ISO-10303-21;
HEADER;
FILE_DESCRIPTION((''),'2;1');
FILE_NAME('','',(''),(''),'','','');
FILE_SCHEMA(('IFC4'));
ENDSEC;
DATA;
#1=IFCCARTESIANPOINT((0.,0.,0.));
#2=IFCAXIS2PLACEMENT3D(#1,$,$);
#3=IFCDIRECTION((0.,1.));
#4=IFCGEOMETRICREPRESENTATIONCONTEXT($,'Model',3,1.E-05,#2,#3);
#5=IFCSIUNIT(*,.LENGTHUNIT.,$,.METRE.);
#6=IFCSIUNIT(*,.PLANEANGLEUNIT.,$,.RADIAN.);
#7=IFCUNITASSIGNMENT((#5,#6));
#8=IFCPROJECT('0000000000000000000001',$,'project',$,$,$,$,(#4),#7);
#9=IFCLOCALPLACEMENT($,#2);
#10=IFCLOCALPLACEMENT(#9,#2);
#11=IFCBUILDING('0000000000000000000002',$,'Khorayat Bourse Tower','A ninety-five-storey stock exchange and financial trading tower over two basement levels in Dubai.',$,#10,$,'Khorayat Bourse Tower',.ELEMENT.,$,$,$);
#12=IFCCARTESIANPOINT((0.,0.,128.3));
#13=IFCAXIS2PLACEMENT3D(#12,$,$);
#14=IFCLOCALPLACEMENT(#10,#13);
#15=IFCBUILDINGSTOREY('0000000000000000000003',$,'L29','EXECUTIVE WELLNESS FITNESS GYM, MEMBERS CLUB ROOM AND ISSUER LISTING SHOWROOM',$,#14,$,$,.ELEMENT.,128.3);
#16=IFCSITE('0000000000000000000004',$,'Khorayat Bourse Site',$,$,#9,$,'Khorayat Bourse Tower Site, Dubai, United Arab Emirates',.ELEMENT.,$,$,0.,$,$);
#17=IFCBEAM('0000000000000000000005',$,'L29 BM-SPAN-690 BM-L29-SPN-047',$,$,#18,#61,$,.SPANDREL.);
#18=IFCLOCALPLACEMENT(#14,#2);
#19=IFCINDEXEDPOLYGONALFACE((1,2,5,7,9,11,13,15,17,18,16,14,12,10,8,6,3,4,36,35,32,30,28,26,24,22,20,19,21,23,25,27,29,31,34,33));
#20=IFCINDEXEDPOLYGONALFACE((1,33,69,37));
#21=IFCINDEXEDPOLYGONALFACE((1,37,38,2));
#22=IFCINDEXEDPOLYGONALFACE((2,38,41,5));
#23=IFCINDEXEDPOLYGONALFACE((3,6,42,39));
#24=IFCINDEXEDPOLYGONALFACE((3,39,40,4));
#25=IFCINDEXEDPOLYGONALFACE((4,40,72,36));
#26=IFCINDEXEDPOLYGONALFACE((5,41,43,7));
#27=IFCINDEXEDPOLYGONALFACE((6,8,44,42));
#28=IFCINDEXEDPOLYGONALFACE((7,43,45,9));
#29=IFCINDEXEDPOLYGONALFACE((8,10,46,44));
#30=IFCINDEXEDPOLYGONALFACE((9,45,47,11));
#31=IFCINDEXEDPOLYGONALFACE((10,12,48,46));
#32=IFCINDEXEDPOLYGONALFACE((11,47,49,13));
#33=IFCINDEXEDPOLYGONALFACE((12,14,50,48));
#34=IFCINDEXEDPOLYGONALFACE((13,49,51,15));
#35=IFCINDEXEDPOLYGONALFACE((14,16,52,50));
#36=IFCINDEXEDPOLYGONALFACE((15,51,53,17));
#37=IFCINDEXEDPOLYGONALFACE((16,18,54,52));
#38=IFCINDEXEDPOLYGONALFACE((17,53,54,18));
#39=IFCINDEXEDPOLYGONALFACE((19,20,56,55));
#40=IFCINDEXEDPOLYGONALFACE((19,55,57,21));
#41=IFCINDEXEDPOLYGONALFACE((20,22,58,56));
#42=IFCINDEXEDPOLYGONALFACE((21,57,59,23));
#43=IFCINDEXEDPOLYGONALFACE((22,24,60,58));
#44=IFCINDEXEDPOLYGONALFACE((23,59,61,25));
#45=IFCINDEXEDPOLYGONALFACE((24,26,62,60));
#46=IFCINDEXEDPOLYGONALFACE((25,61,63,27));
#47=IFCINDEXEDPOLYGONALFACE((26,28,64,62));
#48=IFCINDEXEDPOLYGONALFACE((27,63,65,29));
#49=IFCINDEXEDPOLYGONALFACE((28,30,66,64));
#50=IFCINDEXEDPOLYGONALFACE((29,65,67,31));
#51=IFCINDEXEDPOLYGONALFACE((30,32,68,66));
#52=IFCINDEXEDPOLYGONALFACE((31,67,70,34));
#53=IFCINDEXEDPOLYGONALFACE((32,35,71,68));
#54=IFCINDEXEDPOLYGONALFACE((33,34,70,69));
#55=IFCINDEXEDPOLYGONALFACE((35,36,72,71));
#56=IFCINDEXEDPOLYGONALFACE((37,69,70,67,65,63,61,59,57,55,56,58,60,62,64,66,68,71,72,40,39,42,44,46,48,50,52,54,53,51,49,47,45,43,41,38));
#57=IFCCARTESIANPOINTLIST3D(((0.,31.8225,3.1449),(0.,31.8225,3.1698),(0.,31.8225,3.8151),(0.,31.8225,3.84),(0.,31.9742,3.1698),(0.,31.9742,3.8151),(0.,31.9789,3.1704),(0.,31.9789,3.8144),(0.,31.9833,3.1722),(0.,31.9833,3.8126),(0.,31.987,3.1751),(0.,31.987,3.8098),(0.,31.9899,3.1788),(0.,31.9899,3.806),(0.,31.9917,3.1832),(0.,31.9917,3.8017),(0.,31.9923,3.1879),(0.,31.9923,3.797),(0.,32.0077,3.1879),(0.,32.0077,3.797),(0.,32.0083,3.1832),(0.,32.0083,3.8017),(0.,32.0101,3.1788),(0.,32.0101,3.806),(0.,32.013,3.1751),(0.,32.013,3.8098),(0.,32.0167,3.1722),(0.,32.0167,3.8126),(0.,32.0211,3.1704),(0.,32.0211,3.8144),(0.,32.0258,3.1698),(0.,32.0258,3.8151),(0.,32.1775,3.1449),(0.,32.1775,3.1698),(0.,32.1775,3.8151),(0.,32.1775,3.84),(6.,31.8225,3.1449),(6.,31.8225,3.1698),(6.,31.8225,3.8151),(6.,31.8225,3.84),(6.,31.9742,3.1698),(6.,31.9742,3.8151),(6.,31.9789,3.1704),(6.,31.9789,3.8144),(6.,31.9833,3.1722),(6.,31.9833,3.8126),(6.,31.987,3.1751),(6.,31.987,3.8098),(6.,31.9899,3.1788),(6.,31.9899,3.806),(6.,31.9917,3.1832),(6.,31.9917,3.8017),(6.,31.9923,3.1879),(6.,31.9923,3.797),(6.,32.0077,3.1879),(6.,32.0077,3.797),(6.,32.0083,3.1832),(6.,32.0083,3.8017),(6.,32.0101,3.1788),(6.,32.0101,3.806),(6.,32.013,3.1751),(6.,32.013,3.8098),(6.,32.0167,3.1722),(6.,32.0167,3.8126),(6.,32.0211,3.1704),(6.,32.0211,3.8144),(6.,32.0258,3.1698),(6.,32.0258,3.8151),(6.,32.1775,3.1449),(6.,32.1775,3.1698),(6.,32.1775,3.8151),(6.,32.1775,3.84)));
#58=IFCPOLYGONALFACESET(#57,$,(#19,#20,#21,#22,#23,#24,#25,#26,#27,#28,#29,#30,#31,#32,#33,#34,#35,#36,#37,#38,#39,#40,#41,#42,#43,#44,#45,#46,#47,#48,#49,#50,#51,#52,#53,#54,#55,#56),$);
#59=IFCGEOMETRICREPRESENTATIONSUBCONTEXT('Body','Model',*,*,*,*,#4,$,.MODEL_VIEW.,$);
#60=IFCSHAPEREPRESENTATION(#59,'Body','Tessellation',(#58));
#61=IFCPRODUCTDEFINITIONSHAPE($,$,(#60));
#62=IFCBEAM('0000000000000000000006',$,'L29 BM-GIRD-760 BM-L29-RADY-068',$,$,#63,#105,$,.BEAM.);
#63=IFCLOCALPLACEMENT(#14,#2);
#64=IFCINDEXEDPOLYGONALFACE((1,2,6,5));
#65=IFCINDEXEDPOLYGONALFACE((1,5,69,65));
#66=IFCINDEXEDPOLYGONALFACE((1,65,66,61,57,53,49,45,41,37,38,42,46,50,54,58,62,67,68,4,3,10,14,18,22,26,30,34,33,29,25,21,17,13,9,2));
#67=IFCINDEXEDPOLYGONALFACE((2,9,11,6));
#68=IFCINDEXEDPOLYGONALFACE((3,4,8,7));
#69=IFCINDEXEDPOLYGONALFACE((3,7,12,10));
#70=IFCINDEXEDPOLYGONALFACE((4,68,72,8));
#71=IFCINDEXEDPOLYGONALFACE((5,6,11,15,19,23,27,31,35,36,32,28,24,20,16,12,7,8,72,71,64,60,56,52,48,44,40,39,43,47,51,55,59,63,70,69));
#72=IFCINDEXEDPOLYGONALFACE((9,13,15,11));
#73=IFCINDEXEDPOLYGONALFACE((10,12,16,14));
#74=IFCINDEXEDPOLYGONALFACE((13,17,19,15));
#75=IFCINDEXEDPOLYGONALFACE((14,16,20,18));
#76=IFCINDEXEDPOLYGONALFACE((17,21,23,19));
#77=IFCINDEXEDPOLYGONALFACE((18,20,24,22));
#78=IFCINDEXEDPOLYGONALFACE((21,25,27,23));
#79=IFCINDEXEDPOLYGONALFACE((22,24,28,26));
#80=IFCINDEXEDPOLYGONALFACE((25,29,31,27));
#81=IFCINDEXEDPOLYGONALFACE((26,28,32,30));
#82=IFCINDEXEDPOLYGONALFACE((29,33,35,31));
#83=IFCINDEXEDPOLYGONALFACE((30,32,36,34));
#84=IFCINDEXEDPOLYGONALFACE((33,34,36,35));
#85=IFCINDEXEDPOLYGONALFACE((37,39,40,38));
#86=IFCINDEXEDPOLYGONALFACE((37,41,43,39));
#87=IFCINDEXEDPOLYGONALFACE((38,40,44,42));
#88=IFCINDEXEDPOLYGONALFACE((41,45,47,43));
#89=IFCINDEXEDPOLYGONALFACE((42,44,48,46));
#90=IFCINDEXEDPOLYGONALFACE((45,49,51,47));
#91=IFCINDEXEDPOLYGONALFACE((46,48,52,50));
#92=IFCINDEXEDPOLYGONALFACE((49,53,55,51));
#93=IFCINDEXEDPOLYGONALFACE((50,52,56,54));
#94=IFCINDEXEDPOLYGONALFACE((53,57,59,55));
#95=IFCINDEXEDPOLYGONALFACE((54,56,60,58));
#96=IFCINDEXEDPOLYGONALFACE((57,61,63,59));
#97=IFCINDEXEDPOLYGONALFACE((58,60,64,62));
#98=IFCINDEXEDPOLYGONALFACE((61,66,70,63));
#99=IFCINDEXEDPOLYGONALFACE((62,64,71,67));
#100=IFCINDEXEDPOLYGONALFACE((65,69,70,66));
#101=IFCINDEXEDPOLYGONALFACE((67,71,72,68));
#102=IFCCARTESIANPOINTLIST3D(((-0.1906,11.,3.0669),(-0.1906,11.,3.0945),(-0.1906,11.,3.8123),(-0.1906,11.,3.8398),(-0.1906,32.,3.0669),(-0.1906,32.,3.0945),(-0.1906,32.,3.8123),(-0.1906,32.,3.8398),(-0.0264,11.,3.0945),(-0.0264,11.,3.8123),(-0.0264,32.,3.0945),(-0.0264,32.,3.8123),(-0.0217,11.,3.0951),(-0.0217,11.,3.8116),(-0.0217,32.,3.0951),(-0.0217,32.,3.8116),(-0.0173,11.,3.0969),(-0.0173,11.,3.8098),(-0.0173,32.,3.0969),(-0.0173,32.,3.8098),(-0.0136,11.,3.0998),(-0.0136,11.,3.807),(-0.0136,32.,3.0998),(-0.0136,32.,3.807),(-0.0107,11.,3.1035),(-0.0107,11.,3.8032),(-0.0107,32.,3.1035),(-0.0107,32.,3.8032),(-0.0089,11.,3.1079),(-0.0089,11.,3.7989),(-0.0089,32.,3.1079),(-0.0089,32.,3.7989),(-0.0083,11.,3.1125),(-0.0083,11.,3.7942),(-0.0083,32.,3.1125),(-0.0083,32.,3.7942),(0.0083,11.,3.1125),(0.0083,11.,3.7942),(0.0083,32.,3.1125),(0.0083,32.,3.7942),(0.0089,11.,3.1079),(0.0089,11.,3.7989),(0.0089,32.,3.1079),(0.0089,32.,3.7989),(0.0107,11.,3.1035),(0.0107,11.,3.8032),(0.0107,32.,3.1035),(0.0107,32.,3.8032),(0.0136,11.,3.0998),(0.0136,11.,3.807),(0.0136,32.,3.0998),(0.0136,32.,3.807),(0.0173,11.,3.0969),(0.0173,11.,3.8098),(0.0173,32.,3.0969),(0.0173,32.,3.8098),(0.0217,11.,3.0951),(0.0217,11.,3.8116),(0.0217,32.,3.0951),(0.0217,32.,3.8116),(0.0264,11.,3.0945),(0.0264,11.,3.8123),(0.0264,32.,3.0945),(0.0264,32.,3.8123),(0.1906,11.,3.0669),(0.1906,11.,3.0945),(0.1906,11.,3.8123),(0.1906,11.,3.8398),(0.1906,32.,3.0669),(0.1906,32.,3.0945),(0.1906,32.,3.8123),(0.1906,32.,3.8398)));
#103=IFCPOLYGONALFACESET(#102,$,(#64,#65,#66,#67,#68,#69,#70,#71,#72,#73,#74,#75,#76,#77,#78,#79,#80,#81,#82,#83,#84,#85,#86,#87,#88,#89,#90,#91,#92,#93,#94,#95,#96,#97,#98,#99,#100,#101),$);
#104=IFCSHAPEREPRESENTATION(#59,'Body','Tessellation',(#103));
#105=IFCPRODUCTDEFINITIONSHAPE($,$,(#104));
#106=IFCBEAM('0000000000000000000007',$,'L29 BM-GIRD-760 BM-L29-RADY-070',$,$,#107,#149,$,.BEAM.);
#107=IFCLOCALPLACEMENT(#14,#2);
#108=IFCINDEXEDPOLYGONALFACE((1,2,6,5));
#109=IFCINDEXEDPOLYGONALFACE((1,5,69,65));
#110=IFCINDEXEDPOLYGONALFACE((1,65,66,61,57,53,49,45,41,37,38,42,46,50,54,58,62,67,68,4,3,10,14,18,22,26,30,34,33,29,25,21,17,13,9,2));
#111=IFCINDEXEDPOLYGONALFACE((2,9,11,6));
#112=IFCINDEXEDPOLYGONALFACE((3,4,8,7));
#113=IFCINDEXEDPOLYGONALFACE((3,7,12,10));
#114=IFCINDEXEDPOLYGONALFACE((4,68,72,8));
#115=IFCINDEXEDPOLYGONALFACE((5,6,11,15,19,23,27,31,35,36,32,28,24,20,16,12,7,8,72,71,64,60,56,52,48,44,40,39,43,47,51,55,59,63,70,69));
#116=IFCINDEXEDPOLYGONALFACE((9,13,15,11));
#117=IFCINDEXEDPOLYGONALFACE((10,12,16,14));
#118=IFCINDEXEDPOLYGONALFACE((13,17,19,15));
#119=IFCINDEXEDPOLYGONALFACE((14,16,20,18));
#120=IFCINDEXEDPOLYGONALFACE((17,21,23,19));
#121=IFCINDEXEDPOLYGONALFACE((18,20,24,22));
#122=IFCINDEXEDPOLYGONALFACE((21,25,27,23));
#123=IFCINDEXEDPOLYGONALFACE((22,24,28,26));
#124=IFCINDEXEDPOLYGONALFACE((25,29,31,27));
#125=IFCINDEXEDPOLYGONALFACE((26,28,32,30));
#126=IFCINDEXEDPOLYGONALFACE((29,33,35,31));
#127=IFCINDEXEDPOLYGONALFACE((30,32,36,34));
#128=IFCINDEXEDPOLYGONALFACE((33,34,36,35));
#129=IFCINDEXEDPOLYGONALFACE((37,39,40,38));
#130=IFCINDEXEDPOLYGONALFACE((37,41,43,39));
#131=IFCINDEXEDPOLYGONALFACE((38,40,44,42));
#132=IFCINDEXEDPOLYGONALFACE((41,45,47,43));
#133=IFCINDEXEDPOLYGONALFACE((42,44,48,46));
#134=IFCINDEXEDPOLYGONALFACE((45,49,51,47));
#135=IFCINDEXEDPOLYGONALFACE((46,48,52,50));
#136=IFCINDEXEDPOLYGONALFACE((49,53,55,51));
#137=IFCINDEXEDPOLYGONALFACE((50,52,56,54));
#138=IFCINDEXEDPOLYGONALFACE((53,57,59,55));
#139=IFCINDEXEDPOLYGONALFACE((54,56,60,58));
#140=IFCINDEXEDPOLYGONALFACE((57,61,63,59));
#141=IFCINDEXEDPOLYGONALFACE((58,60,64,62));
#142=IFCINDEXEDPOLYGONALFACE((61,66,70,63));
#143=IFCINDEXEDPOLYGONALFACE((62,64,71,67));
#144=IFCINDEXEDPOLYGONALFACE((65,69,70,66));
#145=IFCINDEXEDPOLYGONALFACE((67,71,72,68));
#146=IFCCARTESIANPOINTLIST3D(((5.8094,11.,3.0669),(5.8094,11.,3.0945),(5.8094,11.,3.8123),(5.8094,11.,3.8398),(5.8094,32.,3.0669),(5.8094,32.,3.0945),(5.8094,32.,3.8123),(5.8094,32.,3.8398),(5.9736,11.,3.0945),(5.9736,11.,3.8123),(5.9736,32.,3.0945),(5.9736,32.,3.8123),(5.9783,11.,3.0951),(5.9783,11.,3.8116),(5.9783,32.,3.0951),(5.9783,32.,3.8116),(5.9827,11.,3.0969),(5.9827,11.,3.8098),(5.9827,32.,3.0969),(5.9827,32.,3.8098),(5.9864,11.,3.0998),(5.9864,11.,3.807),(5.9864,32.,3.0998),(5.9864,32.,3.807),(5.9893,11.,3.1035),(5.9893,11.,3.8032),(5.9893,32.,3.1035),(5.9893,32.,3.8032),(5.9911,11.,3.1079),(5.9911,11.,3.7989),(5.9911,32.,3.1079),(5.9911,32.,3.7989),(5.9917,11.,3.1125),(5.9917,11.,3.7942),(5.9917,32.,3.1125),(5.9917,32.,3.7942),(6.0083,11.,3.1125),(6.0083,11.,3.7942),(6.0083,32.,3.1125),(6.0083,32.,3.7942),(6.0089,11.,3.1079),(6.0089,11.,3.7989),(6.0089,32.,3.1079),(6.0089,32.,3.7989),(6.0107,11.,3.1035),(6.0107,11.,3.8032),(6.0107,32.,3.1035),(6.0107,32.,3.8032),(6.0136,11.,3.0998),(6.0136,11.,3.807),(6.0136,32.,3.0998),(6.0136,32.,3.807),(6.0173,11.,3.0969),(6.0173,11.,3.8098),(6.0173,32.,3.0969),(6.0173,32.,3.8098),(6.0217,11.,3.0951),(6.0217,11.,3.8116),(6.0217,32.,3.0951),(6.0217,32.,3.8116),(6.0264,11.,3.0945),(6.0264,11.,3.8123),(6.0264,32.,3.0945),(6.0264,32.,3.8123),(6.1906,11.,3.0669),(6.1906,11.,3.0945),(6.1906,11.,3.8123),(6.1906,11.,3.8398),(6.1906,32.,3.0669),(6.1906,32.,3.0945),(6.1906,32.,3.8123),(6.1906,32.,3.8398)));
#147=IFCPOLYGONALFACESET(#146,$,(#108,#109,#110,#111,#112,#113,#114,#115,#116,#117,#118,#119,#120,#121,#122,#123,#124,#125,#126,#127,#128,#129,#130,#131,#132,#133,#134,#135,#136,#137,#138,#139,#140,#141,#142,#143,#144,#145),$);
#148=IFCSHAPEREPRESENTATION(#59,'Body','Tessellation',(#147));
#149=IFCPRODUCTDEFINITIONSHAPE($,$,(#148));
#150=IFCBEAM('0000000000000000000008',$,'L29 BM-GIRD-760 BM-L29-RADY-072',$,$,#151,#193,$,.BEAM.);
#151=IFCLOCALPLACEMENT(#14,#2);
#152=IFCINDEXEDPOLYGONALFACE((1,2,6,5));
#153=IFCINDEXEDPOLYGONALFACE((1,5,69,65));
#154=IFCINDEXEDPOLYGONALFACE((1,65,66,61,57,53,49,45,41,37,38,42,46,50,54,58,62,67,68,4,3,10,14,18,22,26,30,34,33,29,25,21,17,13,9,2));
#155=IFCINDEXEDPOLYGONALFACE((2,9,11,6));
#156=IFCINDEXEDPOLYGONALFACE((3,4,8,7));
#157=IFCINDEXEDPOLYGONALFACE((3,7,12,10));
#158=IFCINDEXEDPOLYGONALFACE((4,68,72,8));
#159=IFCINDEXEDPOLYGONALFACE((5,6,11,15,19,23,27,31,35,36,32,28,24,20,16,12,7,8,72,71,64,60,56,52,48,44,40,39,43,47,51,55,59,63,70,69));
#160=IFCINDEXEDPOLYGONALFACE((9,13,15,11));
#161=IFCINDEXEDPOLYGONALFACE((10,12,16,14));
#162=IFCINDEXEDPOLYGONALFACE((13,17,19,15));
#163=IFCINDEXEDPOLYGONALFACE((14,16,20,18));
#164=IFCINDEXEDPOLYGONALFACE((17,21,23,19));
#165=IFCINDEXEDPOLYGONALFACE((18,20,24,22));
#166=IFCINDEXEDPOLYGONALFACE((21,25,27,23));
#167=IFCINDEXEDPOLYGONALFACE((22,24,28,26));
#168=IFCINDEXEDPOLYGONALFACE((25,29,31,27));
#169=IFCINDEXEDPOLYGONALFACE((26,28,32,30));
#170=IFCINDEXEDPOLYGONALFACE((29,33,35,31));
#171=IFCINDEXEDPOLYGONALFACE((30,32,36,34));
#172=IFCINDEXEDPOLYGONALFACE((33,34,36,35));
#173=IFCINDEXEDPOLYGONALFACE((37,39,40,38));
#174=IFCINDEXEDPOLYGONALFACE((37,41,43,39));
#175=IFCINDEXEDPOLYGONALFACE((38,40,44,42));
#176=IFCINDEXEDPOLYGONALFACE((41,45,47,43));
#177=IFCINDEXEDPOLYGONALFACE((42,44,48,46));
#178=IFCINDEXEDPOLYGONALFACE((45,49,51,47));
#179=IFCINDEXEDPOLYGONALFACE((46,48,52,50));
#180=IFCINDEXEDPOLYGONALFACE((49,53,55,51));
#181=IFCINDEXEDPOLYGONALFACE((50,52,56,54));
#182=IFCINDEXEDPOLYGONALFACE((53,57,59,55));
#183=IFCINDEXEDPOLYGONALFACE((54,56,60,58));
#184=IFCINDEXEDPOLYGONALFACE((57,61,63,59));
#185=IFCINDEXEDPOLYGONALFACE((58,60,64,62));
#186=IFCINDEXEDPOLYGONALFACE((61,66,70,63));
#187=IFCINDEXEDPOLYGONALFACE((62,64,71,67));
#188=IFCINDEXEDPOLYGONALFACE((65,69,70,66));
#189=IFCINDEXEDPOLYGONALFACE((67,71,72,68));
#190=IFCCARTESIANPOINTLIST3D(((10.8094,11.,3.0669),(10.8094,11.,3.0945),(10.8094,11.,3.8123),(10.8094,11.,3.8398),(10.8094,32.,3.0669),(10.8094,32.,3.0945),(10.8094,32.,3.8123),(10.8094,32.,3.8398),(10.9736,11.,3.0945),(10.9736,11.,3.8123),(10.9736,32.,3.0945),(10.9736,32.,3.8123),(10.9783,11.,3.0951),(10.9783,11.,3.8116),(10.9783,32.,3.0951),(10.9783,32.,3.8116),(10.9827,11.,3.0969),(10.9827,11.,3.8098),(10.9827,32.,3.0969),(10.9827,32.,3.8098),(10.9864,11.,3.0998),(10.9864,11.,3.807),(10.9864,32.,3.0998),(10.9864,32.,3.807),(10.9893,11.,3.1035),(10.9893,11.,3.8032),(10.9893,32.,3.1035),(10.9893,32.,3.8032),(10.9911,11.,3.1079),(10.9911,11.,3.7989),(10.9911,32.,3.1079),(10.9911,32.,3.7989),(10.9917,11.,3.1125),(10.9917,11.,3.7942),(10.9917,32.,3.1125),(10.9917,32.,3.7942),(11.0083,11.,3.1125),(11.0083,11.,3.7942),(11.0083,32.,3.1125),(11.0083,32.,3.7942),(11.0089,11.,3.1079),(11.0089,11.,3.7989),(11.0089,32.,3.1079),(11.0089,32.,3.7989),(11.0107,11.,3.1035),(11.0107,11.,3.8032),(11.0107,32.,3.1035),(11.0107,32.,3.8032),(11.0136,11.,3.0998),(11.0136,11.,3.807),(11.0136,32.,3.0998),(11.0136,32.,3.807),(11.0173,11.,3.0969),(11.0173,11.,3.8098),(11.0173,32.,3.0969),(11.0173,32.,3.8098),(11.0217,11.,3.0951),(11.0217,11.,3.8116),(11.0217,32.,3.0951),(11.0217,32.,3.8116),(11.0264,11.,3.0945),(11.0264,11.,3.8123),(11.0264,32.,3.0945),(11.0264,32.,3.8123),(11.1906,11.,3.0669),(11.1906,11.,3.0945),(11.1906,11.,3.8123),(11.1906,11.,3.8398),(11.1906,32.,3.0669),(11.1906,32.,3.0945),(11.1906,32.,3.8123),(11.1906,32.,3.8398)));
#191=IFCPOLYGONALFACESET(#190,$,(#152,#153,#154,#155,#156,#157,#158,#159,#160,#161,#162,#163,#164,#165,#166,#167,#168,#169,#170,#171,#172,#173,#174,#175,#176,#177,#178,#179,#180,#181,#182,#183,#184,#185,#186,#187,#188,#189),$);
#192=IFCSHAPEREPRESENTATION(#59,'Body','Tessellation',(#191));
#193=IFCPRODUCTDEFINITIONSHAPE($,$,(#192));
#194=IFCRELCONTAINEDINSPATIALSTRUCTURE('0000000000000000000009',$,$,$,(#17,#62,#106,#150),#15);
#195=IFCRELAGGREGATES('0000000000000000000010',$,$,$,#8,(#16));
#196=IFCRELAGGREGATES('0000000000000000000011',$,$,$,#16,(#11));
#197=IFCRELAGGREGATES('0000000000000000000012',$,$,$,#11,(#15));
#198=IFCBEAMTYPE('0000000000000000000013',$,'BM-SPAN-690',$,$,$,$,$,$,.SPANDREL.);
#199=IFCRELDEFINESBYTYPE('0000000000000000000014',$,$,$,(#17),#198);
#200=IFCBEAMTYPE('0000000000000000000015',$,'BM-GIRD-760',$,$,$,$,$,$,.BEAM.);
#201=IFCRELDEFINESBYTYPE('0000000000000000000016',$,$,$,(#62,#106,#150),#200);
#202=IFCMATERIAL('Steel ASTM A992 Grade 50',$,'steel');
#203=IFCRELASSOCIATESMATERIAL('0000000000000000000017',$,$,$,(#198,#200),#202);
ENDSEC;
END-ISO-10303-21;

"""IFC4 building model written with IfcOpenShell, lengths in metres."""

from ifc_helpers import new_model, si_unit, direction, frame, origin, origin_2d, place, context, subcontext, project, spatial, i_section, extrude, source, transform, mapped, material, material_profile, profile_set, type_object, element, save


model = new_model("IFC4")

# Units and contexts
model_context = context("Model", 3, precision=1e-05, world=origin(), true_north=direction((0.0, 1.0)))
body_context = subcontext(model_context, "Body", "Model", "MODEL_VIEW")
ifc_project = project(units=[si_unit("LENGTHUNIT", "METRE"), si_unit("PLANEANGLEUNIT", "RADIAN")], contexts=[model_context])

# Site, building, storey
site_placement = place(None, origin())
site = spatial("IfcSite", under=ifc_project, at=site_placement, Name="Khorayat Bourse Site", LongName="Khorayat Bourse Tower Site, Dubai, United Arab Emirates", CompositionType="ELEMENT", RefElevation=0.0)
building_placement = place(site_placement, origin())
building = spatial("IfcBuilding", under=site, at=building_placement, Name="Khorayat Bourse Tower", Description="A ninety-five-storey stock exchange and financial trading tower over two basement levels in Dubai.", LongName="Khorayat Bourse Tower", CompositionType="ELEMENT")
storey_placement = place(building_placement, frame((0.0, 0.0, 128.3)))
storey = spatial("IfcBuildingStorey", under=building, at=storey_placement, Name="L29", Description="EXECUTIVE WELLNESS FITNESS GYM, MEMBERS CLUB ROOM AND ISSUER LISTING SHOWROOM", CompositionType="ELEMENT", Elevation=128.3)

# Beams
ifc_material_1 = material(Name="Steel ASTM A992 Grade 50", Category="steel")
ifc_material_profile_1 = material_profile(ifc_material_1, i_section(OverallWidth=0.355, OverallDepth=0.6951, WebThickness=0.0154, FlangeThickness=0.0249, FilletRadius=0.0181, at=origin_2d()), Name="W690X217")
ifc_profile_set_1 = profile_set([ifc_material_profile_1], Name="Steel ASTM A992 Grade 50")
beam_type_1 = type_object("IfcBeamType", Name="BM-SPAN-690", PredefinedType="SPANDREL", material=ifc_profile_set_1)
shared_shape_1 = source(origin(), body_context, "Body", "SweptSolid", [
    extrude(i_section(OverallWidth=0.355, OverallDepth=0.6951, WebThickness=0.0154, FlangeThickness=0.0249, FilletRadius=0.0181, at=origin_2d()), origin(), (0.0, 0.0, 1.0), 6.0),
])
beam_1_placement = place(storey_placement, frame((0.0, 32.0, 3.4924), z_axis=(1.0, 0.0, 0.0), x_axis=(0.0, 1.0, 0.0)))
element("IfcBeam", 1, at=beam_1_placement, inside=storey, type_object=beam_type_1, Name="L29 BM-SPAN-690 BM-L29-SPN-047", PredefinedType="SPANDREL", context=body_context, shape_type="MappedRepresentation", body=[
    mapped(shared_shape_1, transform((0.0, 0.0, 0.0), scale=1.0)),
])
ifc_material_profile_2 = material_profile(ifc_material_1, i_section(OverallWidth=0.3811, OverallDepth=0.7729, WebThickness=0.0166, FlangeThickness=0.0276, FilletRadius=0.0181, at=origin_2d()), Name="W760X257")
ifc_profile_set_2 = profile_set([ifc_material_profile_2], Name="Steel ASTM A992 Grade 50")
beam_type_2 = type_object("IfcBeamType", Name="BM-GIRD-760", PredefinedType="BEAM", material=ifc_profile_set_2)
shared_shape_2 = source(origin(), body_context, "Body", "SweptSolid", [
    extrude(i_section(OverallWidth=0.3811, OverallDepth=0.7729, WebThickness=0.0166, FlangeThickness=0.0276, FilletRadius=0.0181, at=origin_2d()), origin(), (0.0, 0.0, 1.0), 21.0),
])
for number, where, z_axis, x_axis, name in (
    (2, (0.0, 11.0, 3.4534), (0.0, 1.0, 0.0), (-1.0, 0.0, 0.0), "L29 BM-GIRD-760 BM-L29-RADY-068"),
    (3, (6.0, 11.0, 3.4534), (0.0, 1.0, 0.0), (-1.0, 0.0, 0.0), "L29 BM-GIRD-760 BM-L29-RADY-070"),
    (4, (11.0, 11.0, 3.4534), (0.0, 1.0, 0.0), (-1.0, 0.0, 0.0), "L29 BM-GIRD-760 BM-L29-RADY-072"),
):
    element("IfcBeam", number, at=place(storey_placement, frame(where, z_axis=z_axis, x_axis=x_axis)), inside=storey, type_object=beam_type_2, Name=name, PredefinedType="BEAM", context=body_context, shape_type="MappedRepresentation", body=[
        mapped(shared_shape_2, transform((0.0, 0.0, 0.0), scale=1.0)),
    ])

save(model, "model.ifc")
